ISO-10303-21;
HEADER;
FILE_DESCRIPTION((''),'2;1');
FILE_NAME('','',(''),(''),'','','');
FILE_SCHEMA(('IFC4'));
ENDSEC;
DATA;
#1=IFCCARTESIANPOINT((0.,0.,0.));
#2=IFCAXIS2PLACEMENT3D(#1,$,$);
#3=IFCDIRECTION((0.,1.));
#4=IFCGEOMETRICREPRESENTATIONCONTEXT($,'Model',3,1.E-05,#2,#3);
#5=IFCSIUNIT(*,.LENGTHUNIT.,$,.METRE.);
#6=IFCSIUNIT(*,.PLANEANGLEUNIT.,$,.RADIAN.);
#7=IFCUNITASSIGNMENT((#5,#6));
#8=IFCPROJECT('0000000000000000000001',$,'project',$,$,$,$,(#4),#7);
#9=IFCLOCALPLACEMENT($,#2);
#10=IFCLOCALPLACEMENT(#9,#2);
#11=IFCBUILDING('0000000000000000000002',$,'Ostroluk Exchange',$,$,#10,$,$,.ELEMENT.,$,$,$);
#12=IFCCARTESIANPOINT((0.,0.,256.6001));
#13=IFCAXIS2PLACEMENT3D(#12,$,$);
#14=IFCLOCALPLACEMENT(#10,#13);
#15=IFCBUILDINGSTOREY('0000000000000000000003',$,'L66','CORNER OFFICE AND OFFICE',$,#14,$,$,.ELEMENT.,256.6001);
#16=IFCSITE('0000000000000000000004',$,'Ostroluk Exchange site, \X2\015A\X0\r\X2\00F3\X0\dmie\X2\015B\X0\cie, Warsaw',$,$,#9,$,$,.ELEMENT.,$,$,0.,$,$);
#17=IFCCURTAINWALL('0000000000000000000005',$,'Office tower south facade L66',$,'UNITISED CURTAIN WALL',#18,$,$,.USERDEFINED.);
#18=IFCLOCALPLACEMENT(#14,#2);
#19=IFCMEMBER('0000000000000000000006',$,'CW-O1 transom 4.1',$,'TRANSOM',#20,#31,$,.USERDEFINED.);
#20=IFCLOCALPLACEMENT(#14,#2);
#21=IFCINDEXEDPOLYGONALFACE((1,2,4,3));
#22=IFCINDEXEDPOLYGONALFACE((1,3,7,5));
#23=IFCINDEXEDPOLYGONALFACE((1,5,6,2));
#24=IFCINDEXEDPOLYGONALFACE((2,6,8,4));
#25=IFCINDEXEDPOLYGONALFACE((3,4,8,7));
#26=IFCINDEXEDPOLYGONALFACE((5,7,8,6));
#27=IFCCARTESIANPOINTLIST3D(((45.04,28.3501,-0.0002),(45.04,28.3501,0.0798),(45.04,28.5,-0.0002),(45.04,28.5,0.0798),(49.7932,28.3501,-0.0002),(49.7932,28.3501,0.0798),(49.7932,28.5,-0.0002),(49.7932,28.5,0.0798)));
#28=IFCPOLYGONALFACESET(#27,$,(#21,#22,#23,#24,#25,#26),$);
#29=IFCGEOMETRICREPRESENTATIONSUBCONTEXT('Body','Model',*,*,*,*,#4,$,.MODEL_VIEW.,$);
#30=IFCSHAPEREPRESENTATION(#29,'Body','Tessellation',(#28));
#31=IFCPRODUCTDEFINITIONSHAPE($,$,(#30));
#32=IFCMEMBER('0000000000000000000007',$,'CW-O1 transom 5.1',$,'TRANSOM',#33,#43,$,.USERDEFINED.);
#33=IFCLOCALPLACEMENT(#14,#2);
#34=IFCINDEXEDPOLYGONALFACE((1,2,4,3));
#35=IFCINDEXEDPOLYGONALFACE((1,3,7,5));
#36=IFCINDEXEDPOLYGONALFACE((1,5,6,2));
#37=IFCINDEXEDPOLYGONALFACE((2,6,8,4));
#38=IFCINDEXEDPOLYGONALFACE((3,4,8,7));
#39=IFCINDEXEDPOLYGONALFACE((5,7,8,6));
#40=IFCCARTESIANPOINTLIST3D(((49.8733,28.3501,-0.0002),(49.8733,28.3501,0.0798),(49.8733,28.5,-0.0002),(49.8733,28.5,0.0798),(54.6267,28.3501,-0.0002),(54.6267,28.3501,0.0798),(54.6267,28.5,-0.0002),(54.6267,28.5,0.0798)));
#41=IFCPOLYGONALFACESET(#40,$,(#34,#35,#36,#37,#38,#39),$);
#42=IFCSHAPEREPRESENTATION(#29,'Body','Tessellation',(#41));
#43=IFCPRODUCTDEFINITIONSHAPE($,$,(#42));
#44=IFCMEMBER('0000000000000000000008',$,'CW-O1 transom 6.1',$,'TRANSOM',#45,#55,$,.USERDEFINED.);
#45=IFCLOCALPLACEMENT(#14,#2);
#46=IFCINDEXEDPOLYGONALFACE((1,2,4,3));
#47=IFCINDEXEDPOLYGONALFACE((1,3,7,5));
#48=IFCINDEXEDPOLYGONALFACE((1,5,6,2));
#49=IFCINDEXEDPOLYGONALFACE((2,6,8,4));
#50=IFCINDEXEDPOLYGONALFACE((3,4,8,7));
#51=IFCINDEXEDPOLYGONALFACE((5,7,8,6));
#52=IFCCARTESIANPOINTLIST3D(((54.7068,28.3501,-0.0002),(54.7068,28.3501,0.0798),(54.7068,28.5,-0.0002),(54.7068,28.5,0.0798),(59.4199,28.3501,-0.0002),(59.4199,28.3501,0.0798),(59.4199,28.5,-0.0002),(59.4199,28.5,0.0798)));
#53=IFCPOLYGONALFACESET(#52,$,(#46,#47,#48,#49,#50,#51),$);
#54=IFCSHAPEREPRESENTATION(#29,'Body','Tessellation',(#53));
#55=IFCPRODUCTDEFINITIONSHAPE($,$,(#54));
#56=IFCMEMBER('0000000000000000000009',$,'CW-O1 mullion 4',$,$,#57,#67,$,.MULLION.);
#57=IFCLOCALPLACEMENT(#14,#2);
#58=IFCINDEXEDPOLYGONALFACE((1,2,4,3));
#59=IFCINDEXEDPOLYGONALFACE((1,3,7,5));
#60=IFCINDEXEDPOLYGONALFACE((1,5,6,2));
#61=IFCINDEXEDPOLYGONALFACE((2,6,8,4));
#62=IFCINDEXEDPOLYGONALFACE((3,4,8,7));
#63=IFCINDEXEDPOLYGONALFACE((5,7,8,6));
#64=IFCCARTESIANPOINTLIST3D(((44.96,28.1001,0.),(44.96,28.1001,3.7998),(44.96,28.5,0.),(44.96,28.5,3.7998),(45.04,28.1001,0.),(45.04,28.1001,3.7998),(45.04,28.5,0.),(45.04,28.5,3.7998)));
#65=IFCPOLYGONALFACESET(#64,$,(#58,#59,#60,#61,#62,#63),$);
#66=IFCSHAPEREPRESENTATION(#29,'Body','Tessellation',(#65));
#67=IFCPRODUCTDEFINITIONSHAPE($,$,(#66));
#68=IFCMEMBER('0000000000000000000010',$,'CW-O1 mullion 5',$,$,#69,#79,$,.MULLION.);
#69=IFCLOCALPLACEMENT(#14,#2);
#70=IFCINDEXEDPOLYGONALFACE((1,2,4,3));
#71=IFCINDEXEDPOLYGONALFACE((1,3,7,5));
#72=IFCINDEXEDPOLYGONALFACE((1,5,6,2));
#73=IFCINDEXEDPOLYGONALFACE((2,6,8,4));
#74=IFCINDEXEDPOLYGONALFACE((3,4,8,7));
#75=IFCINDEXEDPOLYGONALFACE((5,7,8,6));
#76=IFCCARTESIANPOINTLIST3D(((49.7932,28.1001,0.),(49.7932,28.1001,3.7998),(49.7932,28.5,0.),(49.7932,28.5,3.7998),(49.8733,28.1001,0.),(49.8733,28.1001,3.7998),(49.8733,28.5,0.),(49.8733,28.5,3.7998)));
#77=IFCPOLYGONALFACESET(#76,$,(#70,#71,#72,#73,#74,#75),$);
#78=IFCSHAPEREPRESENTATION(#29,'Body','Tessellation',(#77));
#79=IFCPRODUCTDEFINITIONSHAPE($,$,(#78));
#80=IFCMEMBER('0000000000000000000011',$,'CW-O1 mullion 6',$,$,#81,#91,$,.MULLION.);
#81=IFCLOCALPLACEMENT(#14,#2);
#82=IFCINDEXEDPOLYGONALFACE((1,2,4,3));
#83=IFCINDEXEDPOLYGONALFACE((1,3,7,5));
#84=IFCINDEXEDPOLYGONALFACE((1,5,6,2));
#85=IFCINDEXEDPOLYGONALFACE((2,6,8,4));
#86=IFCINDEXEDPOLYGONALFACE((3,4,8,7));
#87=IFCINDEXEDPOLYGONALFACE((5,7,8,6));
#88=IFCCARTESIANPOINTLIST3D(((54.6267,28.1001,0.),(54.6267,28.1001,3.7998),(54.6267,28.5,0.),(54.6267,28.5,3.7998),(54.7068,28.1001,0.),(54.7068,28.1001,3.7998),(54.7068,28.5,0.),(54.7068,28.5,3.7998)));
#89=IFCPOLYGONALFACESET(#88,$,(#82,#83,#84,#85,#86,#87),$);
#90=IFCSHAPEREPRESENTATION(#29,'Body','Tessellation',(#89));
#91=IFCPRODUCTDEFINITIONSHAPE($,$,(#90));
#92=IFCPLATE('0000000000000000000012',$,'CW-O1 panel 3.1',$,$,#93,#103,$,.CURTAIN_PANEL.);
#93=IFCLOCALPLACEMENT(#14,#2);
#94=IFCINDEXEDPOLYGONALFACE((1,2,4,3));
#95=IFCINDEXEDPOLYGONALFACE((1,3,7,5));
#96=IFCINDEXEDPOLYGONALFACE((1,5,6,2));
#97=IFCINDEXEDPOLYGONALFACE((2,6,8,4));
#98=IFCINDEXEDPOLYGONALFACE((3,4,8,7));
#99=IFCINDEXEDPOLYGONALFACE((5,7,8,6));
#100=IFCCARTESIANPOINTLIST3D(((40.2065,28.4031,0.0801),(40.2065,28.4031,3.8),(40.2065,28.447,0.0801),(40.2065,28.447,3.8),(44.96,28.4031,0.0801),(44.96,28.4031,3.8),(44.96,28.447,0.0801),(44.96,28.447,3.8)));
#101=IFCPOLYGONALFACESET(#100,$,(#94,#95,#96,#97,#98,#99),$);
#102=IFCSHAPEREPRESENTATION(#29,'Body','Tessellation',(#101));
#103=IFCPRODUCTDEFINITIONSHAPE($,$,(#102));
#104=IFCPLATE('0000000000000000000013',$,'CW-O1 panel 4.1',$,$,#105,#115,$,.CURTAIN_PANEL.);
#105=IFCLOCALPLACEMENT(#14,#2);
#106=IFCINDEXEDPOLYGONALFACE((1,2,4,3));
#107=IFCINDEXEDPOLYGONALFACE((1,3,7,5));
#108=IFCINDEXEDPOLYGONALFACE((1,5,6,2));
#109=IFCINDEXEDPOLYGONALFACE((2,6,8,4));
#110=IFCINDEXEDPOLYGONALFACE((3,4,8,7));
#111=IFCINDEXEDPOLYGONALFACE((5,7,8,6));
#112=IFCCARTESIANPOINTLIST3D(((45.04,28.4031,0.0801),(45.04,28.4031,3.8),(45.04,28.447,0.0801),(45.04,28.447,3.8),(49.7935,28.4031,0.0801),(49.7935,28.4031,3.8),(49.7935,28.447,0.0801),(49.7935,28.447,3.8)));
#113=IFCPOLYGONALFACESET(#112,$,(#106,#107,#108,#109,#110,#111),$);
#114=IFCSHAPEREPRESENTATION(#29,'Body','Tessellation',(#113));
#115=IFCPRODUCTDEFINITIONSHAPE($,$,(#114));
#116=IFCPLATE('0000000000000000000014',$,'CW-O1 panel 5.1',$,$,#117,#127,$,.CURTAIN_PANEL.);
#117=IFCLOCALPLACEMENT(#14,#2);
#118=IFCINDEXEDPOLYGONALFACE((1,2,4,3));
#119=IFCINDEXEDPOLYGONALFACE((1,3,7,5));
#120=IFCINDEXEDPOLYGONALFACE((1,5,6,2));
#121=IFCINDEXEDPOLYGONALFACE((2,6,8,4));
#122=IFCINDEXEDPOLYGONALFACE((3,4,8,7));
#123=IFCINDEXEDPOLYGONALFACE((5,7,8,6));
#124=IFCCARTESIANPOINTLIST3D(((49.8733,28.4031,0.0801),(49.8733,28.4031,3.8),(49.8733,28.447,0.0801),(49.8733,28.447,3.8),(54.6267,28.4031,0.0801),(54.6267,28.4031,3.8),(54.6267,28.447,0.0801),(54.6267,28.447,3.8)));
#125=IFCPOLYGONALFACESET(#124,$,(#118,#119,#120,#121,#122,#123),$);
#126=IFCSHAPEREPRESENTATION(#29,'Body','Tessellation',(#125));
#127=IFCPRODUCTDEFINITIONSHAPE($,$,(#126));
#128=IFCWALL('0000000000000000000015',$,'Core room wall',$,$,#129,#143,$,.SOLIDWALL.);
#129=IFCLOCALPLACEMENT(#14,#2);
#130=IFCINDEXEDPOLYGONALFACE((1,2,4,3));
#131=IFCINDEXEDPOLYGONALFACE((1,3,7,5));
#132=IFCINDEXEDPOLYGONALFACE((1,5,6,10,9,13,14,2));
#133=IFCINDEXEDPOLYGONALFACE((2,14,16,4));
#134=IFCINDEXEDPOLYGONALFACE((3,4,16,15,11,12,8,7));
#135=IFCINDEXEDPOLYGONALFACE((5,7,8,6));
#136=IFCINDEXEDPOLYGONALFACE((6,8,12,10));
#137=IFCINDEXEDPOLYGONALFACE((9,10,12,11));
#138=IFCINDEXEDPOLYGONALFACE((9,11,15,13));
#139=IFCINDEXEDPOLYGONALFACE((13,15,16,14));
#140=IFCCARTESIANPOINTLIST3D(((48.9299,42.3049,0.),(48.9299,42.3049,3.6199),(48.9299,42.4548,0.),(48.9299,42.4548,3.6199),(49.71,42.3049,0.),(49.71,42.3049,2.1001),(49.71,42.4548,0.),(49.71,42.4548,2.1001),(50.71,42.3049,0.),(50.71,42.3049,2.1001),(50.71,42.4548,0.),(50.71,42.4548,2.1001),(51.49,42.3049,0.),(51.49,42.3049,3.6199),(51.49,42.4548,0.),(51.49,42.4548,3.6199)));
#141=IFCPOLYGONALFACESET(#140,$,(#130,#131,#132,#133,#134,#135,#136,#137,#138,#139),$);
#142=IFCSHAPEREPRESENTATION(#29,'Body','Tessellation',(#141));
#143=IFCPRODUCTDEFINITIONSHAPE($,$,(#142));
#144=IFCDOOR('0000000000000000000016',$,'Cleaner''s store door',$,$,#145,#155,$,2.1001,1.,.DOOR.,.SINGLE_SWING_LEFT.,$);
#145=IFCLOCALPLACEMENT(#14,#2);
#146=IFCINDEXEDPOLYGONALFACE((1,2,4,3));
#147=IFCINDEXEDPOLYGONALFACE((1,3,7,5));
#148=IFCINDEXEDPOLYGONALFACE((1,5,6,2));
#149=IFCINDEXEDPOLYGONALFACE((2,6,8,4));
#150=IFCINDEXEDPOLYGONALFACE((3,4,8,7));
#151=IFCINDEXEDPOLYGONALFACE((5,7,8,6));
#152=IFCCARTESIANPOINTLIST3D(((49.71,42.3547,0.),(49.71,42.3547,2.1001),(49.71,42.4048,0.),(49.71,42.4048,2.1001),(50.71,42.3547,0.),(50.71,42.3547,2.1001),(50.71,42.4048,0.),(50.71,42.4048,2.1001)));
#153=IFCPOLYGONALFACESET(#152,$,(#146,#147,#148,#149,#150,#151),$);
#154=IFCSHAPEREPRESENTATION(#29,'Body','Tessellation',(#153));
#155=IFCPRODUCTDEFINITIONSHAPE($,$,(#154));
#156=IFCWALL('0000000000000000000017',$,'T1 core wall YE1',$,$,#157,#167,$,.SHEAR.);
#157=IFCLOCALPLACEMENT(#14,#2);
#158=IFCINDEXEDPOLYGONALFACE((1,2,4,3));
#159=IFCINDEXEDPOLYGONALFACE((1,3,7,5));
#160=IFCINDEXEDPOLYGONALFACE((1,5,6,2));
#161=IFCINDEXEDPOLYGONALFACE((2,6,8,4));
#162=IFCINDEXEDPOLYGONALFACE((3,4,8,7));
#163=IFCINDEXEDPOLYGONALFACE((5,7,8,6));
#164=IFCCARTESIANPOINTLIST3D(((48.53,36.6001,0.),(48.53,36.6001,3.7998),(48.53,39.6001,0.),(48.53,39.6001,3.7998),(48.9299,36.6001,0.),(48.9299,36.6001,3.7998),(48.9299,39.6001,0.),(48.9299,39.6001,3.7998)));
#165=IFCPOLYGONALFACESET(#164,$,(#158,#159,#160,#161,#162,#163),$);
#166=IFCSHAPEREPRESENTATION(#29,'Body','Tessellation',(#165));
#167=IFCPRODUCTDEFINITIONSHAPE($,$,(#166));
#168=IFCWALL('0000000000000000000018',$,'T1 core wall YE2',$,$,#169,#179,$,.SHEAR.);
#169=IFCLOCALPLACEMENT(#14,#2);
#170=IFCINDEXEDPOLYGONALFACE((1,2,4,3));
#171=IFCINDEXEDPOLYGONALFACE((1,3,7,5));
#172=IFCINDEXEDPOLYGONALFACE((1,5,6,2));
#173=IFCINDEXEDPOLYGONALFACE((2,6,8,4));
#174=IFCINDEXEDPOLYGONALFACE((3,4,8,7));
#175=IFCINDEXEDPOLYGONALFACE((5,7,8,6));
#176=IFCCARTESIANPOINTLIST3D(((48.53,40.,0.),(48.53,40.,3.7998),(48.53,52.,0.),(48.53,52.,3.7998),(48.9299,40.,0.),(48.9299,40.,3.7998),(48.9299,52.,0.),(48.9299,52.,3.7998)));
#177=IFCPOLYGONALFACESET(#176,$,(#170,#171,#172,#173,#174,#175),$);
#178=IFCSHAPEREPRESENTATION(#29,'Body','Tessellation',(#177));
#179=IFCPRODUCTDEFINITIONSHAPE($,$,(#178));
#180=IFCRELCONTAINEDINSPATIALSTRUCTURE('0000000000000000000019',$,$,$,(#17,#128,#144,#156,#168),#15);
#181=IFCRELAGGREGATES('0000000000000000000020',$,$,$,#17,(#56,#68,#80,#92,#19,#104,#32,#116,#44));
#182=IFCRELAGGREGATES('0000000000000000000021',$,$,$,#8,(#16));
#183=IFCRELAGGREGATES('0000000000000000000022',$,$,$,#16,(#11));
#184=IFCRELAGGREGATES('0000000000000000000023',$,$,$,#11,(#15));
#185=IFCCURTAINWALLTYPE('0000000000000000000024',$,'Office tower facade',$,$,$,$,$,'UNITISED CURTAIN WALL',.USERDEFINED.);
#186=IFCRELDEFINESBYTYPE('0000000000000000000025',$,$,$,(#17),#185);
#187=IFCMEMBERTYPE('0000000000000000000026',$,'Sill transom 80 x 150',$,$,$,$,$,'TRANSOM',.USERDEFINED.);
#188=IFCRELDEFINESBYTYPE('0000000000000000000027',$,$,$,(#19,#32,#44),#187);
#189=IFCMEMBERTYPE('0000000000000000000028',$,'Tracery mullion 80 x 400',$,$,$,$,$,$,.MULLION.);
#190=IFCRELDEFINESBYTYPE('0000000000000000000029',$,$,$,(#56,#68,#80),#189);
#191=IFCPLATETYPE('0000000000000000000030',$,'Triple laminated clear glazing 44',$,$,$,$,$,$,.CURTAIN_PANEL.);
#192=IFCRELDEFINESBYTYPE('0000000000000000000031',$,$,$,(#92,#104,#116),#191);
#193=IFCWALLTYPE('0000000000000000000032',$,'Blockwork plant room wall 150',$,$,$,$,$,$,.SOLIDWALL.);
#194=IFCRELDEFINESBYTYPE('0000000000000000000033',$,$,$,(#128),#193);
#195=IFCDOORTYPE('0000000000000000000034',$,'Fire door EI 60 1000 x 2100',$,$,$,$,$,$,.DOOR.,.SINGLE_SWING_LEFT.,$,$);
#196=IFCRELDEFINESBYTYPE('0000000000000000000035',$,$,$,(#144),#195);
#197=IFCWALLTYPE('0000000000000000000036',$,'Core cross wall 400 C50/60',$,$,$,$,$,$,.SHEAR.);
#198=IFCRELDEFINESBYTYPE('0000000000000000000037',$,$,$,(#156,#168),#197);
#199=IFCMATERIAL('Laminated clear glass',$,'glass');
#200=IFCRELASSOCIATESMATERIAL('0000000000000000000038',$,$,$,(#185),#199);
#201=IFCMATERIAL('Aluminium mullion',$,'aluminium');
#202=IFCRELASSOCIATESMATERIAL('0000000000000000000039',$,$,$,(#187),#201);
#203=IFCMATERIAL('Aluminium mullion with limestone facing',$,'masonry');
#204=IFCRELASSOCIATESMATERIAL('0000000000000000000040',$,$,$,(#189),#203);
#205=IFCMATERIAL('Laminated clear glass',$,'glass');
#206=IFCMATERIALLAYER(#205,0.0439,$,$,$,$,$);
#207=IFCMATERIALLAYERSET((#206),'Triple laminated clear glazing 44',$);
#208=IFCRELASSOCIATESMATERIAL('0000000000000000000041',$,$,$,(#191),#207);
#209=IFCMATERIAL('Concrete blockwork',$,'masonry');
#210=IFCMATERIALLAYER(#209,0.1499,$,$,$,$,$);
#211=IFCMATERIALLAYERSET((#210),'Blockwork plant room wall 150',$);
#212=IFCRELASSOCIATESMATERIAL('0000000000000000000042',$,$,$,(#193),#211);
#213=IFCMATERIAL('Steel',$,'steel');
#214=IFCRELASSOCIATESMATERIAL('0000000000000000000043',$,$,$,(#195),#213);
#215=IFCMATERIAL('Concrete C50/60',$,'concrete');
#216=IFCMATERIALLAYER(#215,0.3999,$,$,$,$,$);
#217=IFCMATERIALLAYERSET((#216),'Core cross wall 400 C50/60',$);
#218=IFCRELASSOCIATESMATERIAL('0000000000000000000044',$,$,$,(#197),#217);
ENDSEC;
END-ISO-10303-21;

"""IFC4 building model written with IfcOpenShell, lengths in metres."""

from ifc_helpers import new_model, si_unit, direction, frame, frame_2d, origin, origin_2d, place, context, subcontext, project, spatial, rectangle, extrude, material, layer, layer_set, material_profile, profile_set, type_object, element, fill, aggregate, save


model = new_model("IFC4")

# Units and contexts
model_context = context("Model", 3, precision=1e-05, world=origin(), true_north=direction((0.0, 1.0)))
body_context = subcontext(model_context, "Body", "Model", "MODEL_VIEW")
ifc_project = project(units=[si_unit("LENGTHUNIT", "METRE"), si_unit("PLANEANGLEUNIT", "RADIAN")], contexts=[model_context])

# Site, building, storey
site_placement = place(None, origin())
site = spatial("IfcSite", under=ifc_project, at=site_placement, Name="Ostroluk Exchange site, Śródmieście, Warsaw", CompositionType="ELEMENT", RefElevation=0.0)
building_placement = place(site_placement, origin())
building = spatial("IfcBuilding", under=site, at=building_placement, Name="Ostroluk Exchange", CompositionType="ELEMENT")
storey_placement = place(building_placement, frame((0.0, 0.0, 256.6001)))
storey = spatial("IfcBuildingStorey", under=building, at=storey_placement, Name="L66", Description="CORNER OFFICE AND OFFICE", CompositionType="ELEMENT", Elevation=256.6001)

# Curtain wall, members, plates
ifc_material_1 = material(Name="Laminated clear glass", Category="glass")
curtain_wall_type = type_object("IfcCurtainWallType", Name="Office tower facade", ElementType="UNITISED CURTAIN WALL", PredefinedType="USERDEFINED", material=ifc_material_1)
curtain_wall_placement = place(storey_placement, origin())
curtain_wall = element("IfcCurtainWall", 1, at=curtain_wall_placement, inside=storey, type_object=curtain_wall_type, Name="Office tower south facade L66", ObjectType="UNITISED CURTAIN WALL", PredefinedType="USERDEFINED")
ifc_material_2 = material(Name="Aluminium mullion", Category="aluminium")
ifc_material_profile_1 = material_profile(ifc_material_2, rectangle(XDim=0.1499, YDim=0.0801, at=origin_2d()), Name="Sill transom 80 x 150")
ifc_profile_set_1 = profile_set([ifc_material_profile_1], Name="Aluminium mullion")
member_type_1 = type_object("IfcMemberType", Name="Sill transom 80 x 150", ElementType="TRANSOM", PredefinedType="USERDEFINED", material=ifc_profile_set_1)
member_1_placement = place(storey_placement, frame((45.04, 28.425, 0.0398), z_axis=(1.0, 0.0, 0.0), x_axis=(0.0, 1.0, 0.0)))
member_1 = element("IfcMember", 2, at=member_1_placement, type_object=member_type_1, Name="CW-O1 transom 4.1", ObjectType="TRANSOM", PredefinedType="USERDEFINED", context=body_context, shape_type="SweptSolid", body=[
    extrude(rectangle(XDim=0.1499, YDim=0.0801, at=origin_2d()), origin(), (0.0, 0.0, 1.0), 4.7532),
])
member_2_placement = place(storey_placement, frame((49.8733, 28.425, 0.0398), z_axis=(1.0, 0.0, 0.0), x_axis=(0.0, 1.0, 0.0)))
member_2 = element("IfcMember", 3, at=member_2_placement, type_object=member_type_1, Name="CW-O1 transom 5.1", ObjectType="TRANSOM", PredefinedType="USERDEFINED", context=body_context, shape_type="SweptSolid", body=[
    extrude(rectangle(XDim=0.1499, YDim=0.0801, at=origin_2d()), origin(), (0.0, 0.0, 1.0), 4.7534),
])
member_3_placement = place(storey_placement, frame((54.7068, 28.425, 0.0398), z_axis=(1.0, 0.0, 0.0), x_axis=(0.0, 1.0, 0.0)))
member_3 = element("IfcMember", 4, at=member_3_placement, type_object=member_type_1, Name="CW-O1 transom 6.1", ObjectType="TRANSOM", PredefinedType="USERDEFINED", context=body_context, shape_type="SweptSolid", body=[
    extrude(rectangle(XDim=0.1499, YDim=0.0801, at=origin_2d()), origin(), (0.0, 0.0, 1.0), 4.7131),
])
ifc_material_3 = material(Name="Aluminium mullion with limestone facing", Category="masonry")
ifc_material_profile_2 = material_profile(ifc_material_3, rectangle(XDim=0.3999, YDim=0.0801, at=origin_2d()), Name="Tracery mullion 80 x 400")
ifc_profile_set_2 = profile_set([ifc_material_profile_2], Name="Aluminium mullion with limestone facing")
member_type_2 = type_object("IfcMemberType", Name="Tracery mullion 80 x 400", PredefinedType="MULLION", material=ifc_profile_set_2)
member_4_placement = place(storey_placement, frame((45.0, 28.3, 0.0), z_axis=(0.0, 0.0, 1.0), x_axis=(0.0, 1.0, 0.0)))
member_4 = element("IfcMember", 5, at=member_4_placement, type_object=member_type_2, Name="CW-O1 mullion 4", PredefinedType="MULLION", context=body_context, shape_type="SweptSolid", body=[
    extrude(rectangle(XDim=0.3999, YDim=0.0801, at=origin_2d()), origin(), (0.0, 0.0, 1.0), 3.7998),
])
member_5_placement = place(storey_placement, frame((49.8333, 28.3, 0.0), z_axis=(0.0, 0.0, 1.0), x_axis=(0.0, 1.0, 0.0)))
member_5 = element("IfcMember", 6, at=member_5_placement, type_object=member_type_2, Name="CW-O1 mullion 5", PredefinedType="MULLION", context=body_context, shape_type="SweptSolid", body=[
    extrude(rectangle(XDim=0.3999, YDim=0.0801, at=origin_2d()), origin(), (0.0, 0.0, 1.0), 3.7998),
])
member_6_placement = place(storey_placement, frame((54.6667, 28.3, 0.0), z_axis=(0.0, 0.0, 1.0), x_axis=(0.0, 1.0, 0.0)))
member_6 = element("IfcMember", 7, at=member_6_placement, type_object=member_type_2, Name="CW-O1 mullion 6", PredefinedType="MULLION", context=body_context, shape_type="SweptSolid", body=[
    extrude(rectangle(XDim=0.3999, YDim=0.0801, at=origin_2d()), origin(), (0.0, 0.0, 1.0), 3.7998),
])
ifc_material_4 = material(Name="Laminated clear glass", Category="glass")
ifc_layer_1 = layer(ifc_material_4, 0.0439)
ifc_layer_set_1 = layer_set([ifc_layer_1], Name="Triple laminated clear glazing 44")
plate_type = type_object("IfcPlateType", Name="Triple laminated clear glazing 44", PredefinedType="CURTAIN_PANEL", material=ifc_layer_set_1)
plate_1_placement = place(storey_placement, frame((42.5833, 28.425, 0.0801), z_axis=(0.0, 0.0, 1.0), x_axis=(1.0, 0.0, 0.0)))
plate_1 = element("IfcPlate", 8, at=plate_1_placement, type_object=plate_type, Name="CW-O1 panel 3.1", PredefinedType="CURTAIN_PANEL", context=body_context, shape_type="SweptSolid", body=[
    extrude(rectangle(XDim=4.7534, YDim=0.0439, at=origin_2d()), origin(), (0.0, 0.0, 1.0), 3.72),
])
plate_2_placement = place(storey_placement, frame((47.4167, 28.425, 0.0801), z_axis=(0.0, 0.0, 1.0), x_axis=(1.0, 0.0, 0.0)))
plate_2 = element("IfcPlate", 9, at=plate_2_placement, type_object=plate_type, Name="CW-O1 panel 4.1", PredefinedType="CURTAIN_PANEL", context=body_context, shape_type="SweptSolid", body=[
    extrude(rectangle(XDim=4.7534, YDim=0.0439, at=origin_2d()), origin(), (0.0, 0.0, 1.0), 3.72),
])
plate_3_placement = place(storey_placement, frame((52.25, 28.425, 0.0801), z_axis=(0.0, 0.0, 1.0), x_axis=(1.0, 0.0, 0.0)))
plate_3 = element("IfcPlate", 10, at=plate_3_placement, type_object=plate_type, Name="CW-O1 panel 5.1", PredefinedType="CURTAIN_PANEL", context=body_context, shape_type="SweptSolid", body=[
    extrude(rectangle(XDim=4.7534, YDim=0.0439, at=origin_2d()), origin(), (0.0, 0.0, 1.0), 3.72),
])
aggregate(curtain_wall, [member_4, member_5, member_6, plate_1, member_1, plate_2, member_2, plate_3, member_3])

# Wall, opening, door
ifc_material_5 = material(Name="Concrete blockwork", Category="masonry")
ifc_layer_2 = layer(ifc_material_5, 0.1499)
ifc_layer_set_2 = layer_set([ifc_layer_2], Name="Blockwork plant room wall 150")
wall_type_1 = type_object("IfcWallType", Name="Blockwork plant room wall 150", PredefinedType="SOLIDWALL", material=ifc_layer_set_2)
wall_1_placement = place(storey_placement, frame((48.9299, 42.3799, 0.0), z_axis=(0.0, 0.0, 1.0), x_axis=(1.0, 0.0, 0.0)))
wall_1 = element("IfcWall", 11, at=wall_1_placement, inside=storey, type_object=wall_type_1, Name="Core room wall", PredefinedType="SOLIDWALL", context=body_context, shape_type="SweptSolid", body=[
    extrude(rectangle(XDim=2.5601, YDim=0.1499, at=frame_2d((1.28, 0.0))), origin(), (0.0, 0.0, 1.0), 3.6199),
])
opening_1_placement = place(wall_1_placement, frame((0.78, 0.0, 0.0)))
opening_1 = element("IfcOpeningElement", 12, at=opening_1_placement, cuts=wall_1, PredefinedType="OPENING", context=body_context, shape_type="SweptSolid", body=[
    extrude(rectangle(XDim=1.0, YDim=2.1001, at=frame_2d((0.5, 1.05))), frame((0.0, 0.085, 0.0), z_axis=(0.0, -1.0, 0.0), x_axis=(1.0, 0.0, 0.0)), (0.0, 0.0, 1.0), 0.1699),
])
ifc_material_6 = material(Name="Steel", Category="steel")
door_type_1 = type_object("IfcDoorType", Name="Fire door EI 60 1000 x 2100", OperationType="SINGLE_SWING_LEFT", PredefinedType="DOOR", material=ifc_material_6)
door_1_placement = place(opening_1_placement, origin())
door_1 = element("IfcDoor", 13, at=door_1_placement, inside=storey, type_object=door_type_1, Name="Cleaner's store door", OperationType="SINGLE_SWING_LEFT", OverallHeight=2.1001, OverallWidth=1.0, PredefinedType="DOOR", context=body_context, shape_type="SweptSolid", body=[
    extrude(rectangle(XDim=1.0, YDim=2.1001, at=frame_2d((0.5, 1.05))), frame((0.0, 0.0249, 0.0), z_axis=(0.0, -1.0, 0.0), x_axis=(1.0, 0.0, 0.0)), (0.0, 0.0, 1.0), 0.05),
])
fill(opening_1, door_1)

# Walls
ifc_material_7 = material(Name="Concrete C50/60", Category="concrete")
ifc_layer_3 = layer(ifc_material_7, 0.3999)
ifc_layer_set_3 = layer_set([ifc_layer_3], Name="Core cross wall 400 C50/60")
wall_type_2 = type_object("IfcWallType", Name="Core cross wall 400 C50/60", PredefinedType="SHEAR", material=ifc_layer_set_3)
wall_2_placement = place(storey_placement, frame((48.73, 36.6001, 0.0), z_axis=(0.0, 0.0, 1.0), x_axis=(0.0, 1.0, 0.0)))
element("IfcWall", 14, at=wall_2_placement, inside=storey, type_object=wall_type_2, Name="T1 core wall YE1", PredefinedType="SHEAR", context=body_context, shape_type="SweptSolid", body=[
    extrude(rectangle(XDim=3.0, YDim=0.3999, at=frame_2d((1.5, 0.0))), origin(), (0.0, 0.0, 1.0), 3.7998),
])
wall_3_placement = place(storey_placement, frame((48.73, 40.0, 0.0), z_axis=(0.0, 0.0, 1.0), x_axis=(0.0, 1.0, 0.0)))
element("IfcWall", 15, at=wall_3_placement, inside=storey, type_object=wall_type_2, Name="T1 core wall YE2", PredefinedType="SHEAR", context=body_context, shape_type="SweptSolid", body=[
    extrude(rectangle(XDim=12.0, YDim=0.3999, at=frame_2d((6.0, 0.0))), origin(), (0.0, 0.0, 1.0), 3.7998),
])

save(model, "model.ifc")
